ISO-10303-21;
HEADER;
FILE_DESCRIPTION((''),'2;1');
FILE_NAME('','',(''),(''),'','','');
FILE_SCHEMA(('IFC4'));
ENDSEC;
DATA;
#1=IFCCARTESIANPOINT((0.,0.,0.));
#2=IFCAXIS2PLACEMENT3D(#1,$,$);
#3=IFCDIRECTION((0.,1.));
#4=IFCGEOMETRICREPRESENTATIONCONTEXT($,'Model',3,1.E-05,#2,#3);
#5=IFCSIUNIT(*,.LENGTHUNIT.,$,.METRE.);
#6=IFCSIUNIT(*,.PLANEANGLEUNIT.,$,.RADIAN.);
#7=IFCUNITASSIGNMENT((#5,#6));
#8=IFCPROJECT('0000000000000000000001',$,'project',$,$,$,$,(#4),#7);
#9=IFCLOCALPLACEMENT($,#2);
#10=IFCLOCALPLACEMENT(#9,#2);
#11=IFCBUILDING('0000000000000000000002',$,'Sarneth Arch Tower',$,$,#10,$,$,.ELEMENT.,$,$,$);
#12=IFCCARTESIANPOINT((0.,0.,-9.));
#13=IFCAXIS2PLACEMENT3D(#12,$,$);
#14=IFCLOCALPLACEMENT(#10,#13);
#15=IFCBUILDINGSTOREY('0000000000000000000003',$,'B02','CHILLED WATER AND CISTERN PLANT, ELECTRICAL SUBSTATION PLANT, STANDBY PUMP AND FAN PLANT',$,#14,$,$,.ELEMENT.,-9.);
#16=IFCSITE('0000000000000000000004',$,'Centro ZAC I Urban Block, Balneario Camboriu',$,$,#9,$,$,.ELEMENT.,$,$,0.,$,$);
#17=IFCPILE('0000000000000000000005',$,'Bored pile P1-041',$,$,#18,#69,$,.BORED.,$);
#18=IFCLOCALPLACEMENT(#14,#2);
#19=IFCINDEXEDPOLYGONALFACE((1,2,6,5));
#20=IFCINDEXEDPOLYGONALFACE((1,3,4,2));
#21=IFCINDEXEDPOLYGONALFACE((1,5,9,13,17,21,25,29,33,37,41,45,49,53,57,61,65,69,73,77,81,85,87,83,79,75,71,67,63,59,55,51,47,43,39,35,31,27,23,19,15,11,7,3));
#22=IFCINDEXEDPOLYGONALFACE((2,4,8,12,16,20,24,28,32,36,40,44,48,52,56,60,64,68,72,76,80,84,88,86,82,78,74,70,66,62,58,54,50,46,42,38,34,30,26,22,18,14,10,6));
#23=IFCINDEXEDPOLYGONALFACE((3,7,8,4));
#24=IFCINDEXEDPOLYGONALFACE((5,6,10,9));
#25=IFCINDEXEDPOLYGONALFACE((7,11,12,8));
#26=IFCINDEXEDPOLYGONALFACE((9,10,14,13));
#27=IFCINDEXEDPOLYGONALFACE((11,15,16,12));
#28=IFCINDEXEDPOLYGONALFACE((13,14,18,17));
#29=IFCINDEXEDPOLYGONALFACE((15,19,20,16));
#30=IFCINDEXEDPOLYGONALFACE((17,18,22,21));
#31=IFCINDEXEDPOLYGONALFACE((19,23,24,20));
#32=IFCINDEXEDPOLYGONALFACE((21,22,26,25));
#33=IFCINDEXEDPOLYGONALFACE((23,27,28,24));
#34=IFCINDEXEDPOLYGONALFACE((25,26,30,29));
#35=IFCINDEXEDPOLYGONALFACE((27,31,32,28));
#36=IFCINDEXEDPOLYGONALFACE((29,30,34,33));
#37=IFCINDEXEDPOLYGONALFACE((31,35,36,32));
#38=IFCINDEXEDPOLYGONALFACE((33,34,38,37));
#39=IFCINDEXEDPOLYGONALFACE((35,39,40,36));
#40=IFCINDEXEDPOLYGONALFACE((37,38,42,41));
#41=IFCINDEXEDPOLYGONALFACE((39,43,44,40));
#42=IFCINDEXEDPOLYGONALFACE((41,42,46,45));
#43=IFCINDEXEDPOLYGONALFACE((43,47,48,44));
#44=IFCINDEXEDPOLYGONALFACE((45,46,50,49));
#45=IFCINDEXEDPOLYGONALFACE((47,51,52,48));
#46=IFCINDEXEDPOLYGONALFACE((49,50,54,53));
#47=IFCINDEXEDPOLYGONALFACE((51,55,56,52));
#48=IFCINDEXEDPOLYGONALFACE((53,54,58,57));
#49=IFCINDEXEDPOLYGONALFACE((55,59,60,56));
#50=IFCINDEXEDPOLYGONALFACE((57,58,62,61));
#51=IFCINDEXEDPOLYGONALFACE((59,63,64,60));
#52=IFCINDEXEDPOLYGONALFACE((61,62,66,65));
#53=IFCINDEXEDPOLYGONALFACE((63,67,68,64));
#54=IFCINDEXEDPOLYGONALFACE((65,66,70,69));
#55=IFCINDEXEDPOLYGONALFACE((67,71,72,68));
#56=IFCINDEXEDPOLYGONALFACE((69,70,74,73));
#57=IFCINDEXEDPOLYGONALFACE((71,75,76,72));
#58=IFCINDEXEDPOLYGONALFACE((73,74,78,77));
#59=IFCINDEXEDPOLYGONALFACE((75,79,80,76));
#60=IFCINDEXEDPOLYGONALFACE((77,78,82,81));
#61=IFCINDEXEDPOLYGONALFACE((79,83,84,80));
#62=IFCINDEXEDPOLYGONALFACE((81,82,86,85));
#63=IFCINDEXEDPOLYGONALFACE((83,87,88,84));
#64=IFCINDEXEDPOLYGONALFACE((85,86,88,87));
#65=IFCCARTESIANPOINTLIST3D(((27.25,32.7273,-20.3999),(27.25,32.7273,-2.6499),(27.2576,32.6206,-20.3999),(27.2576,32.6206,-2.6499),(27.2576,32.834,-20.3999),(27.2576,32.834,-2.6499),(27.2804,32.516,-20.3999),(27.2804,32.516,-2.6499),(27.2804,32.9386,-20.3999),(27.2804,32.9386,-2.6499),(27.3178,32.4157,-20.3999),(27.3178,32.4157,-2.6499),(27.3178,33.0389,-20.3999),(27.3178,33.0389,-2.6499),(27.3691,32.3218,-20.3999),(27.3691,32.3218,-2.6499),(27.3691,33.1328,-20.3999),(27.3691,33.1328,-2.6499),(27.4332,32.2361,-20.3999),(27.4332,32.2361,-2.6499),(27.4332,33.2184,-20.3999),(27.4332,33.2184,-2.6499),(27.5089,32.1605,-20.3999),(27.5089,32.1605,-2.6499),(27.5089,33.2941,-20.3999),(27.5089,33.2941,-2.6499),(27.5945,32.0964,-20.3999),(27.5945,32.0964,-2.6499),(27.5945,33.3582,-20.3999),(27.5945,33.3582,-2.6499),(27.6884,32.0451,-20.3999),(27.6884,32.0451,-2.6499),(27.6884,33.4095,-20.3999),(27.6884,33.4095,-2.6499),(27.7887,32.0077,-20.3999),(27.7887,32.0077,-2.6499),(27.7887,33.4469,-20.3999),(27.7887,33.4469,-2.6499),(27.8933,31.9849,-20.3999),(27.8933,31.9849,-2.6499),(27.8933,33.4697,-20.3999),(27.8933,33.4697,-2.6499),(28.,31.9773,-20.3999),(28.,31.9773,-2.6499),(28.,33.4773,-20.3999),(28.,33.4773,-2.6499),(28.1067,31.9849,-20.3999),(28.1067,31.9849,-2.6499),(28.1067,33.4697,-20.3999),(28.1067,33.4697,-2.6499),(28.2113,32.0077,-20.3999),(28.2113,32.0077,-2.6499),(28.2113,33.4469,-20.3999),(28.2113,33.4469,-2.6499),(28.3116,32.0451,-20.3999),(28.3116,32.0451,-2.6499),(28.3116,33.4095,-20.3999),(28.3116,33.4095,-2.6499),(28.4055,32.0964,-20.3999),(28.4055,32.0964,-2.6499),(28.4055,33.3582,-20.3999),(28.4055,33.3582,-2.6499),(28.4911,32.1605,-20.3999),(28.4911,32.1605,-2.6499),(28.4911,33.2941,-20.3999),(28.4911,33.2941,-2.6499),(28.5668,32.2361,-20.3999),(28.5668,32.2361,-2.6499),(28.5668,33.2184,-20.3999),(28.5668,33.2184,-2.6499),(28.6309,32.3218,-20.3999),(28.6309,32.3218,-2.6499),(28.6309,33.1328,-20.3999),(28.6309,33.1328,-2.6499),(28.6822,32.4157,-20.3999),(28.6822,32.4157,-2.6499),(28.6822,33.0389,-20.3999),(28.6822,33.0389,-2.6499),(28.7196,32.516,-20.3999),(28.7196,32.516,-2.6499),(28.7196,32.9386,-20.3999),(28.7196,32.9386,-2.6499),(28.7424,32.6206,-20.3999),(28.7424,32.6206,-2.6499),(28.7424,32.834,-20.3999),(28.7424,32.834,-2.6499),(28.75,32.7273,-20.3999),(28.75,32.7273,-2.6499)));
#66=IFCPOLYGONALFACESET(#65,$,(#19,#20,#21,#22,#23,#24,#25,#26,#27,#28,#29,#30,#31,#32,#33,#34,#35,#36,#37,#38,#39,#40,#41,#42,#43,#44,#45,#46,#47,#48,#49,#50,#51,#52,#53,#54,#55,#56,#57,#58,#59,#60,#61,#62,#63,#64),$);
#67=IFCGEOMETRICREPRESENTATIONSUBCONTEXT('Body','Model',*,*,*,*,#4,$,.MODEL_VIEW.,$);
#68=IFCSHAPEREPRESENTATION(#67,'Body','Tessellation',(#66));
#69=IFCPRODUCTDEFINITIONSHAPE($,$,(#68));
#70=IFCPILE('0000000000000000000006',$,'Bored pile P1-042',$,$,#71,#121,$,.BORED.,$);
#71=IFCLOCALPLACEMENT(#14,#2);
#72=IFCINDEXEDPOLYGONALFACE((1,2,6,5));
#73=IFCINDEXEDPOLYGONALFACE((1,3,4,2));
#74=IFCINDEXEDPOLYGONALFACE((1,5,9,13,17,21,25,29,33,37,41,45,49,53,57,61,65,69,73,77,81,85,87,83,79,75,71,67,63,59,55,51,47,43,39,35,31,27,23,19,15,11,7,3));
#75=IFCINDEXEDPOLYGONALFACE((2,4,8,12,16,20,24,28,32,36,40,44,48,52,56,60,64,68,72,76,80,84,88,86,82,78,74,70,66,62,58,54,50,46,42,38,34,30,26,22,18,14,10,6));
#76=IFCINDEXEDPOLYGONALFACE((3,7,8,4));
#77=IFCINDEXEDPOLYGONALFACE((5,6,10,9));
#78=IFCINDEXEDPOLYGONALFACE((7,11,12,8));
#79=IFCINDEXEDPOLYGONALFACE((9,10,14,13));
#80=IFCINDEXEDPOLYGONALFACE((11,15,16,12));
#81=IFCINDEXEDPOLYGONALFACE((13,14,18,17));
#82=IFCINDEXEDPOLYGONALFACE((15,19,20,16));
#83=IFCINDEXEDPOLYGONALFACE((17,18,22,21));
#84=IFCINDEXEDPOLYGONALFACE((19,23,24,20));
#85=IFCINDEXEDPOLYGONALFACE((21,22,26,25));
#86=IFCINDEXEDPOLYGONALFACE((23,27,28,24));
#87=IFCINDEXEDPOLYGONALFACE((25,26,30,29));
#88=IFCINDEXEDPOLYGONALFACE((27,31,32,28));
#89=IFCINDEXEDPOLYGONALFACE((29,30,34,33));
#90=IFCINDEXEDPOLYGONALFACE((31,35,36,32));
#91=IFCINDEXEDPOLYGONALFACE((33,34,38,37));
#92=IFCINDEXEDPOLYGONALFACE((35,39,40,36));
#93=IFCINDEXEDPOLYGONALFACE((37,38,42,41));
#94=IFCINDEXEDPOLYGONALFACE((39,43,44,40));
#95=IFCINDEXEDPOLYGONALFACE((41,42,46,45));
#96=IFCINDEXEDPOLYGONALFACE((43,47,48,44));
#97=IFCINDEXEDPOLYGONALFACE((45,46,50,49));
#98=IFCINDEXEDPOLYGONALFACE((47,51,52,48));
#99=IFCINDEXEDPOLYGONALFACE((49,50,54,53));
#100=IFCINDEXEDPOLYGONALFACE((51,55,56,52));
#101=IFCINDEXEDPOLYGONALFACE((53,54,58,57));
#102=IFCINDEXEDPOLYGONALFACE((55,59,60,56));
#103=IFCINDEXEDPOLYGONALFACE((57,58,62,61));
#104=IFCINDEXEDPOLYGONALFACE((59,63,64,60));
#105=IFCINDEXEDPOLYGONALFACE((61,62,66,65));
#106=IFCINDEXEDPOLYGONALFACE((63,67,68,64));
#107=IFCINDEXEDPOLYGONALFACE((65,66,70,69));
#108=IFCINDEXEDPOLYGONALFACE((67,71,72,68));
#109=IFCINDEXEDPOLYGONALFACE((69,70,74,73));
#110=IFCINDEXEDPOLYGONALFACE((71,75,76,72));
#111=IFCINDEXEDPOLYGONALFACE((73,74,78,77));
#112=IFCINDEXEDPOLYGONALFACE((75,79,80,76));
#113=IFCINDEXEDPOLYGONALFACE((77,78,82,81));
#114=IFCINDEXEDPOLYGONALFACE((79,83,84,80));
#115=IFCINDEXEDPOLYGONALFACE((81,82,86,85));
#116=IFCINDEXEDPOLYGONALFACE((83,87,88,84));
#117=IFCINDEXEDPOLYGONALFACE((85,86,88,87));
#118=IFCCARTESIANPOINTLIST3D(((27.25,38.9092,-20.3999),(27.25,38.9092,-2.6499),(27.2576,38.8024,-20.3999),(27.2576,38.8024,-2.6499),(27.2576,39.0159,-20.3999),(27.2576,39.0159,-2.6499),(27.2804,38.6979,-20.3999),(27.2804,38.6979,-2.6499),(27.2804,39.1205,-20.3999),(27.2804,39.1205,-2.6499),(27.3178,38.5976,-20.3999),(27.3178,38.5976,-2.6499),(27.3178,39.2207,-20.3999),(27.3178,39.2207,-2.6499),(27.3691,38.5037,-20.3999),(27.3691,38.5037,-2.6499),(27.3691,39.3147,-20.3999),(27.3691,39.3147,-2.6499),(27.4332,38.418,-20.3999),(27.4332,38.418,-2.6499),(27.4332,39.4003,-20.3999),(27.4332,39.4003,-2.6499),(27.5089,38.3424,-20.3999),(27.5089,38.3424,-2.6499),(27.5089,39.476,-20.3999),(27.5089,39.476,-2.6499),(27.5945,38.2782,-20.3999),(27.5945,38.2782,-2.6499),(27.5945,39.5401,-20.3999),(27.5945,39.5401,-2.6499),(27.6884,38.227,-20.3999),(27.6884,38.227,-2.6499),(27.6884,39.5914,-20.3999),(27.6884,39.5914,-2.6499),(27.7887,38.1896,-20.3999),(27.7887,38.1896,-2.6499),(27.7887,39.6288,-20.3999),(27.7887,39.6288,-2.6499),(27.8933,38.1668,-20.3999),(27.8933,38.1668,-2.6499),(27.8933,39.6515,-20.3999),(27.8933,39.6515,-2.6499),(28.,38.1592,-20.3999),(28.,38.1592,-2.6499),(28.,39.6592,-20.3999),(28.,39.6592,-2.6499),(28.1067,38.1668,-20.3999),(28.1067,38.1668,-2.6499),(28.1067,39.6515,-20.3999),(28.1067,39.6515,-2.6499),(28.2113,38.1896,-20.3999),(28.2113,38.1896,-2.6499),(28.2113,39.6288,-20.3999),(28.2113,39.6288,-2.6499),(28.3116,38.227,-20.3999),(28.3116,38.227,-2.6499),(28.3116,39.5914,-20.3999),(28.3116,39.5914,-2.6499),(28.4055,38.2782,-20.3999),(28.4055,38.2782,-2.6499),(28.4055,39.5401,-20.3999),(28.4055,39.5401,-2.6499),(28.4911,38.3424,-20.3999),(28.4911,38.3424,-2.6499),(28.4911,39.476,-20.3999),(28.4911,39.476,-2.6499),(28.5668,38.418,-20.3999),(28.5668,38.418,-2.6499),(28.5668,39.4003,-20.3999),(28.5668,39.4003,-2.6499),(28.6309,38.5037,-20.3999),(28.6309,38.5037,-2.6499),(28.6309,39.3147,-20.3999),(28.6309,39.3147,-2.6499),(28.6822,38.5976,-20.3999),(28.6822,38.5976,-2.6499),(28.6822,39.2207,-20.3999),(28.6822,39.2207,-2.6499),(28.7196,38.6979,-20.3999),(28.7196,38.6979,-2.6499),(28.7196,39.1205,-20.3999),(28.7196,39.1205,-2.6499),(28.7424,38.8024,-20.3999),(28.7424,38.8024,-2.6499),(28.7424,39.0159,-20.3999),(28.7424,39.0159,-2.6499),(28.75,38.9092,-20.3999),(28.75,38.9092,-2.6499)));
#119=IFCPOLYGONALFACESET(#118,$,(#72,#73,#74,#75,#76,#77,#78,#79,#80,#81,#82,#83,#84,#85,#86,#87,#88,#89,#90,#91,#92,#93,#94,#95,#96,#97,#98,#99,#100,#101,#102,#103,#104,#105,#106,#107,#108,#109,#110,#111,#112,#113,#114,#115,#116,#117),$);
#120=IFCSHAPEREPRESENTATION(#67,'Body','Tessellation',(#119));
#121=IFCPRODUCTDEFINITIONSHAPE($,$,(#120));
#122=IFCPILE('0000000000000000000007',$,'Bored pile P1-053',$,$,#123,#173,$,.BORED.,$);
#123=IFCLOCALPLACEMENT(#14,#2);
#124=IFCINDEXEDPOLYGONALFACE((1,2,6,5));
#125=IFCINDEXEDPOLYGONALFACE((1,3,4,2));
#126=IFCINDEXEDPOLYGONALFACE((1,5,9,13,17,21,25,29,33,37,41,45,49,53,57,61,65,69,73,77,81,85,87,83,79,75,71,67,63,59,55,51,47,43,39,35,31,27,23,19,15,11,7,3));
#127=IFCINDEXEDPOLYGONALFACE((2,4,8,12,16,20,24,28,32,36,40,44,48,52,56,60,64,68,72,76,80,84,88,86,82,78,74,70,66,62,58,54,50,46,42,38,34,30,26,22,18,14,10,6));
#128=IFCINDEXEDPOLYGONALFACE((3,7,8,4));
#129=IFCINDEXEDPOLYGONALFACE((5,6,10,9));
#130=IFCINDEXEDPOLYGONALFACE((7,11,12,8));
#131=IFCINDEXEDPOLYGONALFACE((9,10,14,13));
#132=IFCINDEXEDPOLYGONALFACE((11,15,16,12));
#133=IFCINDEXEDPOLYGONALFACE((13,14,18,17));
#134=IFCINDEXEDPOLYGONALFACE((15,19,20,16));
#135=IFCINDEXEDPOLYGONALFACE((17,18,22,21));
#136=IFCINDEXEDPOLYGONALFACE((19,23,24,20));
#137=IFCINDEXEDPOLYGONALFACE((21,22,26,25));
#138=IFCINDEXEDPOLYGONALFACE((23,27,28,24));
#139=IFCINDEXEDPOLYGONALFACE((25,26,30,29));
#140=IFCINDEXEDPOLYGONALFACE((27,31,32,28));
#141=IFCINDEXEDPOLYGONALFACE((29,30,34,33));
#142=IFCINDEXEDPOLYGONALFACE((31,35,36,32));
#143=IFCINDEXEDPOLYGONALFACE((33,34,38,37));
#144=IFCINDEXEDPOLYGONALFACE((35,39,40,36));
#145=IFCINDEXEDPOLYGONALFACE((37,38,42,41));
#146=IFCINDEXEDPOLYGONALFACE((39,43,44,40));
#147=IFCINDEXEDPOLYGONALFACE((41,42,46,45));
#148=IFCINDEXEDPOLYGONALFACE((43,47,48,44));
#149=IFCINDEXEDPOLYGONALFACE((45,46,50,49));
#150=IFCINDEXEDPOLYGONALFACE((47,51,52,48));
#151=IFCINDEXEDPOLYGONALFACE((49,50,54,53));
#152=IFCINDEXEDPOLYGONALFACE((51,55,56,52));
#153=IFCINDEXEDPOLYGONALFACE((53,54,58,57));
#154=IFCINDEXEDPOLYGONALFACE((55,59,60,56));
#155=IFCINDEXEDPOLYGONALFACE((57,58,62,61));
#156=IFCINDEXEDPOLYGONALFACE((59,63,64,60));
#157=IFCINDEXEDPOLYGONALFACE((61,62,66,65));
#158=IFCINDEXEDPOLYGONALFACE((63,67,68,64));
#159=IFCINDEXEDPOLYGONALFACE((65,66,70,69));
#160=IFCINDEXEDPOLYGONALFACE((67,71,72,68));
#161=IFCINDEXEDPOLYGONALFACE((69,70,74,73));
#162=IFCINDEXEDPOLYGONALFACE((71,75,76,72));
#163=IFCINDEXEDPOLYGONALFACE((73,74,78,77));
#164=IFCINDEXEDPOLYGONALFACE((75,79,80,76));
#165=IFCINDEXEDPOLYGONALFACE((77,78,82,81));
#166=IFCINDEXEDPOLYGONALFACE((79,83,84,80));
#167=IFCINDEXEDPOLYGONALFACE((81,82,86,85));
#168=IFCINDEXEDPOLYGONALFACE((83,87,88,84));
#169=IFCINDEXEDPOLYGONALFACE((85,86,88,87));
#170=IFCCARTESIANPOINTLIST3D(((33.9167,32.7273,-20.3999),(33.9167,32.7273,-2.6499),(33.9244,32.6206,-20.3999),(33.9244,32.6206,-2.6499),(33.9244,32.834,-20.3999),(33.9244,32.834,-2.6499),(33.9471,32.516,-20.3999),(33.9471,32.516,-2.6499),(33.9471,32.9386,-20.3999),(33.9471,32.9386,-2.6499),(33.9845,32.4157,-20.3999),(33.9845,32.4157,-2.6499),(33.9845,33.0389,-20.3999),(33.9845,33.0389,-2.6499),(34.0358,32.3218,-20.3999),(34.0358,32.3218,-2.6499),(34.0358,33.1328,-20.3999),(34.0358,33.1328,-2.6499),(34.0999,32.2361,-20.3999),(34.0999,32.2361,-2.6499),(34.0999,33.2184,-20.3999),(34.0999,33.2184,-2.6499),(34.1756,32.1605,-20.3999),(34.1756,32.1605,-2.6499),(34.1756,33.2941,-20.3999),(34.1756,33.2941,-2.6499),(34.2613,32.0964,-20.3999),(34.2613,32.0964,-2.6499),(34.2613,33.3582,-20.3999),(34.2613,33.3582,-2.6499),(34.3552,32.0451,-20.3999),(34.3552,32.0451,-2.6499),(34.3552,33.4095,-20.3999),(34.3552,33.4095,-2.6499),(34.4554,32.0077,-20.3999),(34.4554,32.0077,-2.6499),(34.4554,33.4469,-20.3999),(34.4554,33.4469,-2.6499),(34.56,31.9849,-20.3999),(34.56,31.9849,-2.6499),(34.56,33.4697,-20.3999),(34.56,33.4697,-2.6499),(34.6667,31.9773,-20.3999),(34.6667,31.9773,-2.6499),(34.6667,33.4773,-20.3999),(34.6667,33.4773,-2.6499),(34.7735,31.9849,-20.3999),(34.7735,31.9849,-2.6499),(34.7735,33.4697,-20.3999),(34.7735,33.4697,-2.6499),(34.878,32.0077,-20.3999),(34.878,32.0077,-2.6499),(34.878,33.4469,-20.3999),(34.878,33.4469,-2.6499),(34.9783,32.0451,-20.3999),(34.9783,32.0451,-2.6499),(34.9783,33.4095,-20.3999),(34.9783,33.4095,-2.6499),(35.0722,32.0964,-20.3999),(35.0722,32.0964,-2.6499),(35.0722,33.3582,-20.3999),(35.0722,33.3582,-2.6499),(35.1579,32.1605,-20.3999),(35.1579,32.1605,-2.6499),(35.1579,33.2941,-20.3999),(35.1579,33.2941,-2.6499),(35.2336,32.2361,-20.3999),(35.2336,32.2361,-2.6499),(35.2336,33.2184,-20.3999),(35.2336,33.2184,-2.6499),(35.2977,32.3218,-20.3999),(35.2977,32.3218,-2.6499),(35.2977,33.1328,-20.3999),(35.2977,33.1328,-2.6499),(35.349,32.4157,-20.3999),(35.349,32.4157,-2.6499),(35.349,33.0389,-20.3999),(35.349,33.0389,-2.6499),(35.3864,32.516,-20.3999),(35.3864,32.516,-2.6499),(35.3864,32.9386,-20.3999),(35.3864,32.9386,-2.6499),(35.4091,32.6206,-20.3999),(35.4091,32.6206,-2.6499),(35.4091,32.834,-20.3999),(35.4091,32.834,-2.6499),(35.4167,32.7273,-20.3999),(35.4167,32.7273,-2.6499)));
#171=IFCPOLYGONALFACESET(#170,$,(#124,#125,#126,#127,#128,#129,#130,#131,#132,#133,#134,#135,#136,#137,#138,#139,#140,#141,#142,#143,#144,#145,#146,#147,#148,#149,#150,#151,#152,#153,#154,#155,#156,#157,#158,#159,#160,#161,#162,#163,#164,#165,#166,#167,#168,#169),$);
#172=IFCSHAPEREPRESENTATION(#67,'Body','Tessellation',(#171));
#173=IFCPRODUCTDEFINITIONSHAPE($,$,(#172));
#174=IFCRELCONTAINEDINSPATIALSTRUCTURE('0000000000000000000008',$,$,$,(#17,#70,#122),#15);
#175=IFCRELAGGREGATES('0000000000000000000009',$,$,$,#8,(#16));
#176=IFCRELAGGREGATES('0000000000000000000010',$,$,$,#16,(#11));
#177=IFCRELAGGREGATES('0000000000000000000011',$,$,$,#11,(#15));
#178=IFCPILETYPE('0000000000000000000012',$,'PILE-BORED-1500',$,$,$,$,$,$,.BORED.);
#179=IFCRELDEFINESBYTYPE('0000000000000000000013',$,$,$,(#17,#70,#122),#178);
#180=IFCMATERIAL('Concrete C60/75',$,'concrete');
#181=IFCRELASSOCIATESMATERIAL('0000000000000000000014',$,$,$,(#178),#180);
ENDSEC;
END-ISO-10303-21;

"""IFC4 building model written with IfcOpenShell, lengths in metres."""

from ifc_helpers import new_model, si_unit, direction, frame, origin, origin_2d, place, context, subcontext, project, spatial, circle, extrude, material, material_profile, profile_set, type_object, element, save


model = new_model("IFC4")

# Units and contexts
model_context = context("Model", 3, precision=1e-05, world=origin(), true_north=direction((0.0, 1.0)))
body_context = subcontext(model_context, "Body", "Model", "MODEL_VIEW")
ifc_project = project(units=[si_unit("LENGTHUNIT", "METRE"), si_unit("PLANEANGLEUNIT", "RADIAN")], contexts=[model_context])

# Site, building, storey
site_placement = place(None, origin())
site = spatial("IfcSite", under=ifc_project, at=site_placement, Name="Centro ZAC I Urban Block, Balneario Camboriu", CompositionType="ELEMENT", RefElevation=0.0)
building_placement = place(site_placement, origin())
building = spatial("IfcBuilding", under=site, at=building_placement, Name="Sarneth Arch Tower", CompositionType="ELEMENT")
storey_placement = place(building_placement, frame((0.0, 0.0, -9.0)))
storey = spatial("IfcBuildingStorey", under=building, at=storey_placement, Name="B02", Description="CHILLED WATER AND CISTERN PLANT, ELECTRICAL SUBSTATION PLANT, STANDBY PUMP AND FAN PLANT", CompositionType="ELEMENT", Elevation=-9.0)

# Piles
ifc_material_1 = material(Name="Concrete C60/75", Category="concrete")
ifc_material_profile_1 = material_profile(ifc_material_1, circle(Radius=0.75, at=origin_2d()), Name="PILE-D1500")
ifc_profile_set_1 = profile_set([ifc_material_profile_1], Name="Concrete C60/75")
pile_type = type_object("IfcPileType", Name="PILE-BORED-1500", PredefinedType="BORED", material=ifc_profile_set_1)
for number, where, z_axis, x_axis, name in (
    (1, (28.0, 32.7273, -2.6499), (0.0, 0.0, -1.0), (1.0, 0.0, 0.0), "Bored pile P1-041"),
    (2, (28.0, 38.9092, -2.6499), (0.0, 0.0, -1.0), (1.0, 0.0, 0.0), "Bored pile P1-042"),
    (3, (34.6667, 32.7273, -2.6499), (0.0, 0.0, -1.0), (1.0, 0.0, 0.0), "Bored pile P1-053"),
):
    element("IfcPile", number, at=place(storey_placement, frame(where, z_axis=z_axis, x_axis=x_axis)), inside=storey, type_object=pile_type, Name=name, PredefinedType="BORED", context=body_context, shape_type="SweptSolid", body=[
        extrude(circle(Radius=0.75, at=origin_2d()), origin(), (0.0, 0.0, 1.0), 17.75),
    ])

save(model, "model.ifc")
